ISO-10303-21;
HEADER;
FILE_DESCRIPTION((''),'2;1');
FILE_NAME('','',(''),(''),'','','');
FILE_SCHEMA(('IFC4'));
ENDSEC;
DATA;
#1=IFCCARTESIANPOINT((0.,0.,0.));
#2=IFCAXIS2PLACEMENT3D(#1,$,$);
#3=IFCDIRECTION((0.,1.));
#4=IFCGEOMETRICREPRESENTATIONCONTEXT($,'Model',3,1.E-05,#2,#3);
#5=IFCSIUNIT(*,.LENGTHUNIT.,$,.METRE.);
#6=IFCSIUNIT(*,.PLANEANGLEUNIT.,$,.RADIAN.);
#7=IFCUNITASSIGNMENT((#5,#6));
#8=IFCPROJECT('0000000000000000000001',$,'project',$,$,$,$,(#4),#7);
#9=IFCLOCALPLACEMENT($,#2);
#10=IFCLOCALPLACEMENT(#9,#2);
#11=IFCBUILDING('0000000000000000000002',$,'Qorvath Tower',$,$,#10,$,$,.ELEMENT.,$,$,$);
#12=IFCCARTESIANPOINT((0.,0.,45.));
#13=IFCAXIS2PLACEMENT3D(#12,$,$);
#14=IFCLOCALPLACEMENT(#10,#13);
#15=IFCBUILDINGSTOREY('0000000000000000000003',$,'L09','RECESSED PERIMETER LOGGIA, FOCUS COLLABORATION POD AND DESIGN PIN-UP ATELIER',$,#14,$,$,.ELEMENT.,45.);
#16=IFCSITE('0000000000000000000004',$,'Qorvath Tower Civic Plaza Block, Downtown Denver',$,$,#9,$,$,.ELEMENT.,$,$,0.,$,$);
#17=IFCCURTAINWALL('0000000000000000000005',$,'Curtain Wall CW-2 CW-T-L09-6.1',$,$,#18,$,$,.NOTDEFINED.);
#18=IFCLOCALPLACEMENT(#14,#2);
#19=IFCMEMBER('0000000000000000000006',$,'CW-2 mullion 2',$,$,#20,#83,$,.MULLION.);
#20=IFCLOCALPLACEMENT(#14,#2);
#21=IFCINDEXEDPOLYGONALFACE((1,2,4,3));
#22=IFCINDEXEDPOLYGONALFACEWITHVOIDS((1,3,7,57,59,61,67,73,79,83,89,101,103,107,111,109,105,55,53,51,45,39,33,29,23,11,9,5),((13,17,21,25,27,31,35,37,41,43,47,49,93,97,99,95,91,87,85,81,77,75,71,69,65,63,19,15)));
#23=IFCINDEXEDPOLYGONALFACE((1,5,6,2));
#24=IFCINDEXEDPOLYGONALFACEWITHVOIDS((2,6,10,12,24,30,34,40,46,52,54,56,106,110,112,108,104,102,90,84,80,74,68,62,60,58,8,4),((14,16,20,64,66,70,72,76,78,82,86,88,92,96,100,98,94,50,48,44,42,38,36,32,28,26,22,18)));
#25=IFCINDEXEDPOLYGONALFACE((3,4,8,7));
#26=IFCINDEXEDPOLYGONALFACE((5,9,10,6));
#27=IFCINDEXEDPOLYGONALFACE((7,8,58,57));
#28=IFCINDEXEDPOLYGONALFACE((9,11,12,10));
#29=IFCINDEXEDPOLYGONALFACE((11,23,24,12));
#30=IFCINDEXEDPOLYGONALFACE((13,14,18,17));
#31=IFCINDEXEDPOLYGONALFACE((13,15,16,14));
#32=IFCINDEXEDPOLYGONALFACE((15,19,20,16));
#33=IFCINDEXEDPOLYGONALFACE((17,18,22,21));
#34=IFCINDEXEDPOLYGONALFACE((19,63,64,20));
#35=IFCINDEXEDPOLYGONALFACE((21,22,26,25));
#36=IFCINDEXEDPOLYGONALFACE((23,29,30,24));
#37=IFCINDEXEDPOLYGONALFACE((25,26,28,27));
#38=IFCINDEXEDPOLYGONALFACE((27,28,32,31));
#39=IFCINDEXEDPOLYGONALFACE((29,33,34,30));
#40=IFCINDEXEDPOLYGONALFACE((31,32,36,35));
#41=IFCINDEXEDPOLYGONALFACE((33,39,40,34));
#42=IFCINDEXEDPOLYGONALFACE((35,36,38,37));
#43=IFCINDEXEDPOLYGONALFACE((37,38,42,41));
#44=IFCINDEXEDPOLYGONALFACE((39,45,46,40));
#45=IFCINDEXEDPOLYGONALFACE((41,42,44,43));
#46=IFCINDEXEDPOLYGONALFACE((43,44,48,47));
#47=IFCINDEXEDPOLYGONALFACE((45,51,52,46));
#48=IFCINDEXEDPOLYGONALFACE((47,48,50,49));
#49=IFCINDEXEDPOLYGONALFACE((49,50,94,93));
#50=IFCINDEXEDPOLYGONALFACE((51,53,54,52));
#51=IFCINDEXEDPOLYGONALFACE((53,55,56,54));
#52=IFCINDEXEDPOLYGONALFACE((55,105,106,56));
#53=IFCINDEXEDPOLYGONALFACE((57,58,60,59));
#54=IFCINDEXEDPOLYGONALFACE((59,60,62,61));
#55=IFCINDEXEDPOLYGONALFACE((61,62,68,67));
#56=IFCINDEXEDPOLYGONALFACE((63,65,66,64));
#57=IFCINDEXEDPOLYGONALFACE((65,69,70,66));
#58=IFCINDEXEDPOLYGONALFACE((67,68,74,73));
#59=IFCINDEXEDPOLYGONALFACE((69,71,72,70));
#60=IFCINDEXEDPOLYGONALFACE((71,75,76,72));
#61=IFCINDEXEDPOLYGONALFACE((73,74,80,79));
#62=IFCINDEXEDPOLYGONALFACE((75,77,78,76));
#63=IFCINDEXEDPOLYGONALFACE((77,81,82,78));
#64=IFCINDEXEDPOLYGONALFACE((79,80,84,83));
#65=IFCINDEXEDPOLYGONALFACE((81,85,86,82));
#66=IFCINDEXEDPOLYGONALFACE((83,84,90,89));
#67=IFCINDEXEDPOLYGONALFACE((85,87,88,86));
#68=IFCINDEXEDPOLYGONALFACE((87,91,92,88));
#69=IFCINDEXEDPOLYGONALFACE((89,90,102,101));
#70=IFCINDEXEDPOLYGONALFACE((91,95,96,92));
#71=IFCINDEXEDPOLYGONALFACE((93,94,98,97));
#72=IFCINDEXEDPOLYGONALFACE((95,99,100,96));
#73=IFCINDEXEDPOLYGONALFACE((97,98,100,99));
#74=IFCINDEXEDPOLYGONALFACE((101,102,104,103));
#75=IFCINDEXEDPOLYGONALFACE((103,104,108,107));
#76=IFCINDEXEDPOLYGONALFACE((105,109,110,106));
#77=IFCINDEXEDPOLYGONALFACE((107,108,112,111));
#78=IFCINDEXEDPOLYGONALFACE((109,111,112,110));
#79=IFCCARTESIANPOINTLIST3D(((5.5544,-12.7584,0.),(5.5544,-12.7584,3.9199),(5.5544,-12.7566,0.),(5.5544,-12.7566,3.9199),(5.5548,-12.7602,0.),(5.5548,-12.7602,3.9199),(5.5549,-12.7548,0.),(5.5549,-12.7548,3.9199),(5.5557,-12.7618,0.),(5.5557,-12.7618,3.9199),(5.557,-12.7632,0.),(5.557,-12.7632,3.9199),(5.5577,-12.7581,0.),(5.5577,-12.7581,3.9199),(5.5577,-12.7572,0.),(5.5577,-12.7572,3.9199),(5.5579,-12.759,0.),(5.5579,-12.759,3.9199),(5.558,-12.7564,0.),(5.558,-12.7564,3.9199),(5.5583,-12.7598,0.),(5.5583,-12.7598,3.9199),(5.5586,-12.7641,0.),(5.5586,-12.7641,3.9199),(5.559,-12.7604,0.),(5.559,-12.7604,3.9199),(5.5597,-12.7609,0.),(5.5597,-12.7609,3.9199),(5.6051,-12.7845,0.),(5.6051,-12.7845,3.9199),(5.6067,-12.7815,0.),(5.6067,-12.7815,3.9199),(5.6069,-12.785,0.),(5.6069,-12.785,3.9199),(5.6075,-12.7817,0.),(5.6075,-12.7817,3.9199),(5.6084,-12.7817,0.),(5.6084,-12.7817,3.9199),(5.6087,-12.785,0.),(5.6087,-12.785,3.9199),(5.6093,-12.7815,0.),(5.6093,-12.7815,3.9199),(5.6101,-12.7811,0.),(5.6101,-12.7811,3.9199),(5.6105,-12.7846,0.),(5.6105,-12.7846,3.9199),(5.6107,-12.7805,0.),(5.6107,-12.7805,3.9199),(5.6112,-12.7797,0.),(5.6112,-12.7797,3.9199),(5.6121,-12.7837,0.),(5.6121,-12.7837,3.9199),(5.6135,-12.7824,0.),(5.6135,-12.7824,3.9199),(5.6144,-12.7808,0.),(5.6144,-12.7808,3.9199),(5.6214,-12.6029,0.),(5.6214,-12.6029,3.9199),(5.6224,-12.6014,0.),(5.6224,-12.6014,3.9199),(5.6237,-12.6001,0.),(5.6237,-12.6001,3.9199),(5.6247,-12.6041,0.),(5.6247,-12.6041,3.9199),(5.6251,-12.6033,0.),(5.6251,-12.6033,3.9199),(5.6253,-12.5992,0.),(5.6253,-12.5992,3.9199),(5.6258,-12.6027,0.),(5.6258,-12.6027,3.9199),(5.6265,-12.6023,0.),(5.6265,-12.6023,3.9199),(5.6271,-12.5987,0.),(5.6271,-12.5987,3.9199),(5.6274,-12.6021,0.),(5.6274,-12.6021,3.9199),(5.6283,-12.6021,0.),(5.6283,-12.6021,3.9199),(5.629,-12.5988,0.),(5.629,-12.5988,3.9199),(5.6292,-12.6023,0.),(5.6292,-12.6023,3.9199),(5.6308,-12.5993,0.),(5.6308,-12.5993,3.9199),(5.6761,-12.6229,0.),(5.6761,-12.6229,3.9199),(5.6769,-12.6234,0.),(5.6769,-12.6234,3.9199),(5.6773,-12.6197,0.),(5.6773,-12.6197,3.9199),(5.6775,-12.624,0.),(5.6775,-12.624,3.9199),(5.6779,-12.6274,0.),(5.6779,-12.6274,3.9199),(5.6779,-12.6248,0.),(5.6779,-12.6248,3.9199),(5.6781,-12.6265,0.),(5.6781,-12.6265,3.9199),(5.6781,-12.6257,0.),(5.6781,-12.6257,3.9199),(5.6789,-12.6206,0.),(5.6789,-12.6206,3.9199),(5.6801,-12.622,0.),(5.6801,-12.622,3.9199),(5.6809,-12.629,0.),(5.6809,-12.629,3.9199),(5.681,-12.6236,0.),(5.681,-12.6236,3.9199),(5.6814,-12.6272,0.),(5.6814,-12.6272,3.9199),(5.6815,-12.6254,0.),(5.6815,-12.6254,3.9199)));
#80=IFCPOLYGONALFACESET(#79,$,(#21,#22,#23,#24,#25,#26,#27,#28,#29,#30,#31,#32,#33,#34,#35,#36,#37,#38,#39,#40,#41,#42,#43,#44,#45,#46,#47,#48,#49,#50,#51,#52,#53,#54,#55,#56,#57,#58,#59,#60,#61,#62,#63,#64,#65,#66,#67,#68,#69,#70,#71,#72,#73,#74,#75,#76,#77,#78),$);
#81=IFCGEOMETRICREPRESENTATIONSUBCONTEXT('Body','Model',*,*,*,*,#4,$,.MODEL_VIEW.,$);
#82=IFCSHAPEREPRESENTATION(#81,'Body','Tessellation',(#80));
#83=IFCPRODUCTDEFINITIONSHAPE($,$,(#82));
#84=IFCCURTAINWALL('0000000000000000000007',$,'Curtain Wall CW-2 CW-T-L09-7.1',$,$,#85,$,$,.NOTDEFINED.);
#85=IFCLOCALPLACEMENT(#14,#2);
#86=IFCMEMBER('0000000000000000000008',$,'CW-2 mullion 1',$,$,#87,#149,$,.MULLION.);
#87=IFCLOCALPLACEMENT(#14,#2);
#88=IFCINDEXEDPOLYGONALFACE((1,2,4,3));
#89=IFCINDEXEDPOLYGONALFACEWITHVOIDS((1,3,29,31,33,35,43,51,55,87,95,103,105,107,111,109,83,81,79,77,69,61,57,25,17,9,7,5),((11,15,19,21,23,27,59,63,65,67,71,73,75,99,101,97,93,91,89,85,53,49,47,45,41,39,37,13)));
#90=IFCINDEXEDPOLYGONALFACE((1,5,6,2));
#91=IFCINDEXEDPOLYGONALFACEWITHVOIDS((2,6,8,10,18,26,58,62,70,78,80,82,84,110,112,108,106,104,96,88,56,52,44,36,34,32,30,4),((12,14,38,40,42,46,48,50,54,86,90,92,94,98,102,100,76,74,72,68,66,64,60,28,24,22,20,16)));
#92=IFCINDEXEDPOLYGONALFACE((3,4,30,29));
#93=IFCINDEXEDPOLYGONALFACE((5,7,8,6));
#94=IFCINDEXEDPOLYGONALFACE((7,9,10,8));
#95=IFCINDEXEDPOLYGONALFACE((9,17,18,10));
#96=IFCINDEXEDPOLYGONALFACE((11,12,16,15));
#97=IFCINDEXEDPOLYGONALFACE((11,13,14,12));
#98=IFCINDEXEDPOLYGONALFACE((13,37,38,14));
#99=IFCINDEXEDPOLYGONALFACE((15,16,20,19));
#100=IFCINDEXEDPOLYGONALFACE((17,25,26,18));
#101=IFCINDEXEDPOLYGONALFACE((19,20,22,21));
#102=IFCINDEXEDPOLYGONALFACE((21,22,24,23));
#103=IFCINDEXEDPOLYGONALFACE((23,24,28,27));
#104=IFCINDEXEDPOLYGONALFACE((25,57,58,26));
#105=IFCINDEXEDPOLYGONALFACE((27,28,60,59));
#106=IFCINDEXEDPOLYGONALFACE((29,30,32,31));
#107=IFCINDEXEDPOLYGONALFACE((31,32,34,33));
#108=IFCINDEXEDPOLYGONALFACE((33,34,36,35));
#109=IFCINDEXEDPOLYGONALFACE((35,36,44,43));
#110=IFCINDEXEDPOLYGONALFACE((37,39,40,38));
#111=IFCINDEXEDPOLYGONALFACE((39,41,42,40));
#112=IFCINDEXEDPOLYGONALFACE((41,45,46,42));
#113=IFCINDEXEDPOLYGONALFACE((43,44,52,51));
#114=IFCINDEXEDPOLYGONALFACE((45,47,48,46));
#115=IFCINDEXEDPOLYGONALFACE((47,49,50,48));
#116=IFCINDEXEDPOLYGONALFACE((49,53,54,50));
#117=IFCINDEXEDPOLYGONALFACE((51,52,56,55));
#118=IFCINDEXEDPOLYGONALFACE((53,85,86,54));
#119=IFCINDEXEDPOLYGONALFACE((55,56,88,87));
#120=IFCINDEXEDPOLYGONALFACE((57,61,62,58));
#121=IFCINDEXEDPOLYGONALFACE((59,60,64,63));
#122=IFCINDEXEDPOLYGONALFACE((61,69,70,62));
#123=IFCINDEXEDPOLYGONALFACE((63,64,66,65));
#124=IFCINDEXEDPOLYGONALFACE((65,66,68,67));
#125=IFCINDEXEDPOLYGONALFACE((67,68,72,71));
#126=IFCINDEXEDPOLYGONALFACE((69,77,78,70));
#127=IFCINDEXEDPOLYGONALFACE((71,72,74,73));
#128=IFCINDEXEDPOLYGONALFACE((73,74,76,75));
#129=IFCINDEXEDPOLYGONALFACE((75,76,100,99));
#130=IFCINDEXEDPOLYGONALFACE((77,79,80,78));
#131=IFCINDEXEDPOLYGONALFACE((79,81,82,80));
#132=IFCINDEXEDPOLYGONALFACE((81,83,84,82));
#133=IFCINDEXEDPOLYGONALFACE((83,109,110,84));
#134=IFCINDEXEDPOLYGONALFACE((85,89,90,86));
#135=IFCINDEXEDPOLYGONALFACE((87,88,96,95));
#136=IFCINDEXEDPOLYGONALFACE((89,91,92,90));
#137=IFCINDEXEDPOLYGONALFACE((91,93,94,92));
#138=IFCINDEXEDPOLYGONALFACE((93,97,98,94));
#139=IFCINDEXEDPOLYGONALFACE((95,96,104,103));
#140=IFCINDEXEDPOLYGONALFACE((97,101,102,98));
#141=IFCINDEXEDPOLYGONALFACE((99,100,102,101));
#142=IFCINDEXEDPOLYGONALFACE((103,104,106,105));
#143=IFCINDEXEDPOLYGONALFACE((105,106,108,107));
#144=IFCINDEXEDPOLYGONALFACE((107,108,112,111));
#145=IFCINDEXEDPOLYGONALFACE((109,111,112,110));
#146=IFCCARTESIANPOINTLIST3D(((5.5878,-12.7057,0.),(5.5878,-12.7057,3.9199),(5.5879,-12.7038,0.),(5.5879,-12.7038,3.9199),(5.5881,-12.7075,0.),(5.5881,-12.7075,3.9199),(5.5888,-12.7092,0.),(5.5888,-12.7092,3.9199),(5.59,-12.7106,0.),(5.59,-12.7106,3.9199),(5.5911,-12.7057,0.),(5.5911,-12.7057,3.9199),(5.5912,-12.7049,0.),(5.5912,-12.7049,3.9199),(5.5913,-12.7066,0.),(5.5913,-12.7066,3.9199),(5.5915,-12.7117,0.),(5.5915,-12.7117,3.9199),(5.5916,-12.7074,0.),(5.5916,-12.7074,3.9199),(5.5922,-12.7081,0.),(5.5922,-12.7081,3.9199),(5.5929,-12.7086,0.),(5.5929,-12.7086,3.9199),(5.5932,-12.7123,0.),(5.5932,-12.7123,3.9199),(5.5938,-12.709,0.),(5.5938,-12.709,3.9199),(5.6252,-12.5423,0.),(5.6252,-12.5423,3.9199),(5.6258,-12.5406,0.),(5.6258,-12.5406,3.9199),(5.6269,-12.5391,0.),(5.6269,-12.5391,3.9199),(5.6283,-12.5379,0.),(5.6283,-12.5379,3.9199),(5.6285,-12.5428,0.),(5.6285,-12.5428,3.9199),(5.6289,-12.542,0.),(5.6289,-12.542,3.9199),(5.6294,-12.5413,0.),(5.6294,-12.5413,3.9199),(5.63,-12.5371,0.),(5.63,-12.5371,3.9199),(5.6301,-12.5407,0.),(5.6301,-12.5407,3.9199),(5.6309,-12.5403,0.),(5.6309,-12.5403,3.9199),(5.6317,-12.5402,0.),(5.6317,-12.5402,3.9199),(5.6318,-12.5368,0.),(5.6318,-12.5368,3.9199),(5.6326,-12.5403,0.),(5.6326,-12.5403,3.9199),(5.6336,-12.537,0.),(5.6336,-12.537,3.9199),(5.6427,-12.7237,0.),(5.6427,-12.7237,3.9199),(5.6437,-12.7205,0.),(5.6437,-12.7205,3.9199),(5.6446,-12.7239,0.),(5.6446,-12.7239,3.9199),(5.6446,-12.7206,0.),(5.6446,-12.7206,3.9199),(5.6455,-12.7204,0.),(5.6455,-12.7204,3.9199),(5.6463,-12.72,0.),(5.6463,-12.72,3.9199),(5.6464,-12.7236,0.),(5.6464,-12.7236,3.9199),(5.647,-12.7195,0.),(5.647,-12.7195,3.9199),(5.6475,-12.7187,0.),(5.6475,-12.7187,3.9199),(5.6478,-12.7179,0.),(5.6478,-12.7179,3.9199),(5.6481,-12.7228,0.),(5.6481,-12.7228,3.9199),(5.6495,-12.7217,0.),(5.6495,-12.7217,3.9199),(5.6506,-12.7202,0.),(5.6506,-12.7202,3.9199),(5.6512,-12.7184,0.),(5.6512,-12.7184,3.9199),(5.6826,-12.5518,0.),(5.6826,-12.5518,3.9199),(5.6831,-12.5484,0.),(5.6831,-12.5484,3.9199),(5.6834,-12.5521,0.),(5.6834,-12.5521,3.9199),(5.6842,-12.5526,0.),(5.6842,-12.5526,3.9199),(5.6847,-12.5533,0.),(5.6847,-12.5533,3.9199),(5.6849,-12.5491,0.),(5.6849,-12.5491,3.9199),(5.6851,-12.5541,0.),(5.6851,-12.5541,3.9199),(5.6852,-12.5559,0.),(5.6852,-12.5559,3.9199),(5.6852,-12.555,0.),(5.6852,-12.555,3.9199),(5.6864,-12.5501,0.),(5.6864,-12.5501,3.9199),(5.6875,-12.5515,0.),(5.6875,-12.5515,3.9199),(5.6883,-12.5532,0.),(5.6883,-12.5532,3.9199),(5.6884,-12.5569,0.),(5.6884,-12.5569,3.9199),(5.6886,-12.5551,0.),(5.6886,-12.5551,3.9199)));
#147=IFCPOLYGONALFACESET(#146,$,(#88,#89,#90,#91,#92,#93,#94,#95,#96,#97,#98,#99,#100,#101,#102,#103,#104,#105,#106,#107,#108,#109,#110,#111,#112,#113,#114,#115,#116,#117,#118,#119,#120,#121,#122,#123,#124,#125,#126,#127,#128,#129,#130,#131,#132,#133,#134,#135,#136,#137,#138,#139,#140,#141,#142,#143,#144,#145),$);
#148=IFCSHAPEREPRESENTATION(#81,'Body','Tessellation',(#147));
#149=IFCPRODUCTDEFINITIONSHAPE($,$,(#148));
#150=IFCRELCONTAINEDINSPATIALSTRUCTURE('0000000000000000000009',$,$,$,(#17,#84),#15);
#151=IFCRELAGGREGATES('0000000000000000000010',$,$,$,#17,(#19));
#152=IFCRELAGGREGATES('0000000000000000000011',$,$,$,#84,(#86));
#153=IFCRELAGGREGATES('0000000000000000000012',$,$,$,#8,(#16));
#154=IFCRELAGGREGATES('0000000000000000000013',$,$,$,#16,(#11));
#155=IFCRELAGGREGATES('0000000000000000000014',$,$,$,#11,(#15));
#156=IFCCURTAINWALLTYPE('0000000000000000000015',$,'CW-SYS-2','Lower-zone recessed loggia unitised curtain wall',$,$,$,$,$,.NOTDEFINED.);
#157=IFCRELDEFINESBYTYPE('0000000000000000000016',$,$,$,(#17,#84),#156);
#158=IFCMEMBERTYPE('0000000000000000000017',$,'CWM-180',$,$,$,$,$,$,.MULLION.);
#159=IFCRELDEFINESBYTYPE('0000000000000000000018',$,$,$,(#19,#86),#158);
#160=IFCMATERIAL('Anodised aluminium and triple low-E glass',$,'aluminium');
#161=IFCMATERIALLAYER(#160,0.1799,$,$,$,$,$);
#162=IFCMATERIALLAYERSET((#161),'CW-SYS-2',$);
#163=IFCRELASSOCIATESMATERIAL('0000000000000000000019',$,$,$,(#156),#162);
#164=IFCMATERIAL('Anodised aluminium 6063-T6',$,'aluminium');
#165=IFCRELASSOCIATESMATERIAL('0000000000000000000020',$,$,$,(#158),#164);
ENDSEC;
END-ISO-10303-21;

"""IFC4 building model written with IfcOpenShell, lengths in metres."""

from ifc_helpers import new_model, si_unit, direction, frame, origin, origin_2d, place, context, subcontext, project, spatial, hollow_rectangle, extrude, material, layer, layer_set, material_profile, profile_set, type_object, element, aggregate, save


model = new_model("IFC4")

# Units and contexts
model_context = context("Model", 3, precision=1e-05, world=origin(), true_north=direction((0.0, 1.0)))
body_context = subcontext(model_context, "Body", "Model", "MODEL_VIEW")
ifc_project = project(units=[si_unit("LENGTHUNIT", "METRE"), si_unit("PLANEANGLEUNIT", "RADIAN")], contexts=[model_context])

# Site, building, storey
site_placement = place(None, origin())
site = spatial("IfcSite", under=ifc_project, at=site_placement, Name="Qorvath Tower Civic Plaza Block, Downtown Denver", CompositionType="ELEMENT", RefElevation=0.0)
building_placement = place(site_placement, origin())
building = spatial("IfcBuilding", under=site, at=building_placement, Name="Qorvath Tower", CompositionType="ELEMENT")
storey_placement = place(building_placement, frame((0.0, 0.0, 45.0)))
storey = spatial("IfcBuildingStorey", under=building, at=storey_placement, Name="L09", Description="RECESSED PERIMETER LOGGIA, FOCUS COLLABORATION POD AND DESIGN PIN-UP ATELIER", CompositionType="ELEMENT", Elevation=45.0)

# Shared definitions
ifc_material_1 = material(Name="Anodised aluminium and triple low-E glass", Category="aluminium")
ifc_layer_1 = layer(ifc_material_1, 0.1799)
ifc_layer_set_1 = layer_set([ifc_layer_1], Name="CW-SYS-2")
curtain_wall_type = type_object("IfcCurtainWallType", Name="CW-SYS-2", Description="Lower-zone recessed loggia unitised curtain wall", PredefinedType="NOTDEFINED", material=ifc_layer_set_1)
ifc_material_2 = material(Name="Anodised aluminium 6063-T6", Category="aluminium")
ifc_material_profile_1 = material_profile(ifc_material_2, hollow_rectangle(XDim=0.0649, YDim=0.1799, WallThickness=0.0034, InnerFilletRadius=0.0034, OuterFilletRadius=0.0071, at=origin_2d()), Name="CWM 180x65")
ifc_profile_set_1 = profile_set([ifc_material_profile_1], Name="Anodised aluminium 6063-T6")
member_type_1 = type_object("IfcMemberType", Name="CWM-180", PredefinedType="MULLION", material=ifc_profile_set_1)

# Curtain walls, members
curtain_wall_1_placement = place(storey_placement, origin())
curtain_wall_1 = element("IfcCurtainWall", 1, at=curtain_wall_1_placement, inside=storey, type_object=curtain_wall_type, Name="Curtain Wall CW-2 CW-T-L09-6.1", PredefinedType="NOTDEFINED")
member_1_placement = place(storey_placement, frame((5.6179, -12.6919, 0.0), z_axis=(0.0, 0.0, 1.0), x_axis=(-0.916001, 0.401177, 0.0)))
member_1 = element("IfcMember", 2, at=member_1_placement, type_object=member_type_1, Name="CW-2 mullion 2", PredefinedType="MULLION", context=body_context, shape_type="SweptSolid", body=[
    extrude(hollow_rectangle(XDim=0.0649, YDim=0.1799, WallThickness=0.0034, InnerFilletRadius=0.0034, OuterFilletRadius=0.0071, at=origin_2d()), origin(), (0.0, 0.0, 1.0), 3.9199),
])
curtain_wall_2_placement = place(storey_placement, origin())
curtain_wall_2 = element("IfcCurtainWall", 3, at=curtain_wall_2_placement, inside=storey, type_object=curtain_wall_type, Name="Curtain Wall CW-2 CW-T-L09-7.1", PredefinedType="NOTDEFINED")
member_2_placement = place(storey_placement, frame((5.6382, -12.6304, 0.0), z_axis=(0.0, 0.0, 1.0), x_axis=(-0.974466, 0.224535, 0.0)))
member_2 = element("IfcMember", 4, at=member_2_placement, type_object=member_type_1, Name="CW-2 mullion 1", PredefinedType="MULLION", context=body_context, shape_type="SweptSolid", body=[
    extrude(hollow_rectangle(XDim=0.0649, YDim=0.1799, WallThickness=0.0034, InnerFilletRadius=0.0034, OuterFilletRadius=0.0071, at=origin_2d()), origin(), (0.0, 0.0, 1.0), 3.9199),
])

aggregate(curtain_wall_1, [member_1])
aggregate(curtain_wall_2, [member_2])

save(model, "model.ifc")
